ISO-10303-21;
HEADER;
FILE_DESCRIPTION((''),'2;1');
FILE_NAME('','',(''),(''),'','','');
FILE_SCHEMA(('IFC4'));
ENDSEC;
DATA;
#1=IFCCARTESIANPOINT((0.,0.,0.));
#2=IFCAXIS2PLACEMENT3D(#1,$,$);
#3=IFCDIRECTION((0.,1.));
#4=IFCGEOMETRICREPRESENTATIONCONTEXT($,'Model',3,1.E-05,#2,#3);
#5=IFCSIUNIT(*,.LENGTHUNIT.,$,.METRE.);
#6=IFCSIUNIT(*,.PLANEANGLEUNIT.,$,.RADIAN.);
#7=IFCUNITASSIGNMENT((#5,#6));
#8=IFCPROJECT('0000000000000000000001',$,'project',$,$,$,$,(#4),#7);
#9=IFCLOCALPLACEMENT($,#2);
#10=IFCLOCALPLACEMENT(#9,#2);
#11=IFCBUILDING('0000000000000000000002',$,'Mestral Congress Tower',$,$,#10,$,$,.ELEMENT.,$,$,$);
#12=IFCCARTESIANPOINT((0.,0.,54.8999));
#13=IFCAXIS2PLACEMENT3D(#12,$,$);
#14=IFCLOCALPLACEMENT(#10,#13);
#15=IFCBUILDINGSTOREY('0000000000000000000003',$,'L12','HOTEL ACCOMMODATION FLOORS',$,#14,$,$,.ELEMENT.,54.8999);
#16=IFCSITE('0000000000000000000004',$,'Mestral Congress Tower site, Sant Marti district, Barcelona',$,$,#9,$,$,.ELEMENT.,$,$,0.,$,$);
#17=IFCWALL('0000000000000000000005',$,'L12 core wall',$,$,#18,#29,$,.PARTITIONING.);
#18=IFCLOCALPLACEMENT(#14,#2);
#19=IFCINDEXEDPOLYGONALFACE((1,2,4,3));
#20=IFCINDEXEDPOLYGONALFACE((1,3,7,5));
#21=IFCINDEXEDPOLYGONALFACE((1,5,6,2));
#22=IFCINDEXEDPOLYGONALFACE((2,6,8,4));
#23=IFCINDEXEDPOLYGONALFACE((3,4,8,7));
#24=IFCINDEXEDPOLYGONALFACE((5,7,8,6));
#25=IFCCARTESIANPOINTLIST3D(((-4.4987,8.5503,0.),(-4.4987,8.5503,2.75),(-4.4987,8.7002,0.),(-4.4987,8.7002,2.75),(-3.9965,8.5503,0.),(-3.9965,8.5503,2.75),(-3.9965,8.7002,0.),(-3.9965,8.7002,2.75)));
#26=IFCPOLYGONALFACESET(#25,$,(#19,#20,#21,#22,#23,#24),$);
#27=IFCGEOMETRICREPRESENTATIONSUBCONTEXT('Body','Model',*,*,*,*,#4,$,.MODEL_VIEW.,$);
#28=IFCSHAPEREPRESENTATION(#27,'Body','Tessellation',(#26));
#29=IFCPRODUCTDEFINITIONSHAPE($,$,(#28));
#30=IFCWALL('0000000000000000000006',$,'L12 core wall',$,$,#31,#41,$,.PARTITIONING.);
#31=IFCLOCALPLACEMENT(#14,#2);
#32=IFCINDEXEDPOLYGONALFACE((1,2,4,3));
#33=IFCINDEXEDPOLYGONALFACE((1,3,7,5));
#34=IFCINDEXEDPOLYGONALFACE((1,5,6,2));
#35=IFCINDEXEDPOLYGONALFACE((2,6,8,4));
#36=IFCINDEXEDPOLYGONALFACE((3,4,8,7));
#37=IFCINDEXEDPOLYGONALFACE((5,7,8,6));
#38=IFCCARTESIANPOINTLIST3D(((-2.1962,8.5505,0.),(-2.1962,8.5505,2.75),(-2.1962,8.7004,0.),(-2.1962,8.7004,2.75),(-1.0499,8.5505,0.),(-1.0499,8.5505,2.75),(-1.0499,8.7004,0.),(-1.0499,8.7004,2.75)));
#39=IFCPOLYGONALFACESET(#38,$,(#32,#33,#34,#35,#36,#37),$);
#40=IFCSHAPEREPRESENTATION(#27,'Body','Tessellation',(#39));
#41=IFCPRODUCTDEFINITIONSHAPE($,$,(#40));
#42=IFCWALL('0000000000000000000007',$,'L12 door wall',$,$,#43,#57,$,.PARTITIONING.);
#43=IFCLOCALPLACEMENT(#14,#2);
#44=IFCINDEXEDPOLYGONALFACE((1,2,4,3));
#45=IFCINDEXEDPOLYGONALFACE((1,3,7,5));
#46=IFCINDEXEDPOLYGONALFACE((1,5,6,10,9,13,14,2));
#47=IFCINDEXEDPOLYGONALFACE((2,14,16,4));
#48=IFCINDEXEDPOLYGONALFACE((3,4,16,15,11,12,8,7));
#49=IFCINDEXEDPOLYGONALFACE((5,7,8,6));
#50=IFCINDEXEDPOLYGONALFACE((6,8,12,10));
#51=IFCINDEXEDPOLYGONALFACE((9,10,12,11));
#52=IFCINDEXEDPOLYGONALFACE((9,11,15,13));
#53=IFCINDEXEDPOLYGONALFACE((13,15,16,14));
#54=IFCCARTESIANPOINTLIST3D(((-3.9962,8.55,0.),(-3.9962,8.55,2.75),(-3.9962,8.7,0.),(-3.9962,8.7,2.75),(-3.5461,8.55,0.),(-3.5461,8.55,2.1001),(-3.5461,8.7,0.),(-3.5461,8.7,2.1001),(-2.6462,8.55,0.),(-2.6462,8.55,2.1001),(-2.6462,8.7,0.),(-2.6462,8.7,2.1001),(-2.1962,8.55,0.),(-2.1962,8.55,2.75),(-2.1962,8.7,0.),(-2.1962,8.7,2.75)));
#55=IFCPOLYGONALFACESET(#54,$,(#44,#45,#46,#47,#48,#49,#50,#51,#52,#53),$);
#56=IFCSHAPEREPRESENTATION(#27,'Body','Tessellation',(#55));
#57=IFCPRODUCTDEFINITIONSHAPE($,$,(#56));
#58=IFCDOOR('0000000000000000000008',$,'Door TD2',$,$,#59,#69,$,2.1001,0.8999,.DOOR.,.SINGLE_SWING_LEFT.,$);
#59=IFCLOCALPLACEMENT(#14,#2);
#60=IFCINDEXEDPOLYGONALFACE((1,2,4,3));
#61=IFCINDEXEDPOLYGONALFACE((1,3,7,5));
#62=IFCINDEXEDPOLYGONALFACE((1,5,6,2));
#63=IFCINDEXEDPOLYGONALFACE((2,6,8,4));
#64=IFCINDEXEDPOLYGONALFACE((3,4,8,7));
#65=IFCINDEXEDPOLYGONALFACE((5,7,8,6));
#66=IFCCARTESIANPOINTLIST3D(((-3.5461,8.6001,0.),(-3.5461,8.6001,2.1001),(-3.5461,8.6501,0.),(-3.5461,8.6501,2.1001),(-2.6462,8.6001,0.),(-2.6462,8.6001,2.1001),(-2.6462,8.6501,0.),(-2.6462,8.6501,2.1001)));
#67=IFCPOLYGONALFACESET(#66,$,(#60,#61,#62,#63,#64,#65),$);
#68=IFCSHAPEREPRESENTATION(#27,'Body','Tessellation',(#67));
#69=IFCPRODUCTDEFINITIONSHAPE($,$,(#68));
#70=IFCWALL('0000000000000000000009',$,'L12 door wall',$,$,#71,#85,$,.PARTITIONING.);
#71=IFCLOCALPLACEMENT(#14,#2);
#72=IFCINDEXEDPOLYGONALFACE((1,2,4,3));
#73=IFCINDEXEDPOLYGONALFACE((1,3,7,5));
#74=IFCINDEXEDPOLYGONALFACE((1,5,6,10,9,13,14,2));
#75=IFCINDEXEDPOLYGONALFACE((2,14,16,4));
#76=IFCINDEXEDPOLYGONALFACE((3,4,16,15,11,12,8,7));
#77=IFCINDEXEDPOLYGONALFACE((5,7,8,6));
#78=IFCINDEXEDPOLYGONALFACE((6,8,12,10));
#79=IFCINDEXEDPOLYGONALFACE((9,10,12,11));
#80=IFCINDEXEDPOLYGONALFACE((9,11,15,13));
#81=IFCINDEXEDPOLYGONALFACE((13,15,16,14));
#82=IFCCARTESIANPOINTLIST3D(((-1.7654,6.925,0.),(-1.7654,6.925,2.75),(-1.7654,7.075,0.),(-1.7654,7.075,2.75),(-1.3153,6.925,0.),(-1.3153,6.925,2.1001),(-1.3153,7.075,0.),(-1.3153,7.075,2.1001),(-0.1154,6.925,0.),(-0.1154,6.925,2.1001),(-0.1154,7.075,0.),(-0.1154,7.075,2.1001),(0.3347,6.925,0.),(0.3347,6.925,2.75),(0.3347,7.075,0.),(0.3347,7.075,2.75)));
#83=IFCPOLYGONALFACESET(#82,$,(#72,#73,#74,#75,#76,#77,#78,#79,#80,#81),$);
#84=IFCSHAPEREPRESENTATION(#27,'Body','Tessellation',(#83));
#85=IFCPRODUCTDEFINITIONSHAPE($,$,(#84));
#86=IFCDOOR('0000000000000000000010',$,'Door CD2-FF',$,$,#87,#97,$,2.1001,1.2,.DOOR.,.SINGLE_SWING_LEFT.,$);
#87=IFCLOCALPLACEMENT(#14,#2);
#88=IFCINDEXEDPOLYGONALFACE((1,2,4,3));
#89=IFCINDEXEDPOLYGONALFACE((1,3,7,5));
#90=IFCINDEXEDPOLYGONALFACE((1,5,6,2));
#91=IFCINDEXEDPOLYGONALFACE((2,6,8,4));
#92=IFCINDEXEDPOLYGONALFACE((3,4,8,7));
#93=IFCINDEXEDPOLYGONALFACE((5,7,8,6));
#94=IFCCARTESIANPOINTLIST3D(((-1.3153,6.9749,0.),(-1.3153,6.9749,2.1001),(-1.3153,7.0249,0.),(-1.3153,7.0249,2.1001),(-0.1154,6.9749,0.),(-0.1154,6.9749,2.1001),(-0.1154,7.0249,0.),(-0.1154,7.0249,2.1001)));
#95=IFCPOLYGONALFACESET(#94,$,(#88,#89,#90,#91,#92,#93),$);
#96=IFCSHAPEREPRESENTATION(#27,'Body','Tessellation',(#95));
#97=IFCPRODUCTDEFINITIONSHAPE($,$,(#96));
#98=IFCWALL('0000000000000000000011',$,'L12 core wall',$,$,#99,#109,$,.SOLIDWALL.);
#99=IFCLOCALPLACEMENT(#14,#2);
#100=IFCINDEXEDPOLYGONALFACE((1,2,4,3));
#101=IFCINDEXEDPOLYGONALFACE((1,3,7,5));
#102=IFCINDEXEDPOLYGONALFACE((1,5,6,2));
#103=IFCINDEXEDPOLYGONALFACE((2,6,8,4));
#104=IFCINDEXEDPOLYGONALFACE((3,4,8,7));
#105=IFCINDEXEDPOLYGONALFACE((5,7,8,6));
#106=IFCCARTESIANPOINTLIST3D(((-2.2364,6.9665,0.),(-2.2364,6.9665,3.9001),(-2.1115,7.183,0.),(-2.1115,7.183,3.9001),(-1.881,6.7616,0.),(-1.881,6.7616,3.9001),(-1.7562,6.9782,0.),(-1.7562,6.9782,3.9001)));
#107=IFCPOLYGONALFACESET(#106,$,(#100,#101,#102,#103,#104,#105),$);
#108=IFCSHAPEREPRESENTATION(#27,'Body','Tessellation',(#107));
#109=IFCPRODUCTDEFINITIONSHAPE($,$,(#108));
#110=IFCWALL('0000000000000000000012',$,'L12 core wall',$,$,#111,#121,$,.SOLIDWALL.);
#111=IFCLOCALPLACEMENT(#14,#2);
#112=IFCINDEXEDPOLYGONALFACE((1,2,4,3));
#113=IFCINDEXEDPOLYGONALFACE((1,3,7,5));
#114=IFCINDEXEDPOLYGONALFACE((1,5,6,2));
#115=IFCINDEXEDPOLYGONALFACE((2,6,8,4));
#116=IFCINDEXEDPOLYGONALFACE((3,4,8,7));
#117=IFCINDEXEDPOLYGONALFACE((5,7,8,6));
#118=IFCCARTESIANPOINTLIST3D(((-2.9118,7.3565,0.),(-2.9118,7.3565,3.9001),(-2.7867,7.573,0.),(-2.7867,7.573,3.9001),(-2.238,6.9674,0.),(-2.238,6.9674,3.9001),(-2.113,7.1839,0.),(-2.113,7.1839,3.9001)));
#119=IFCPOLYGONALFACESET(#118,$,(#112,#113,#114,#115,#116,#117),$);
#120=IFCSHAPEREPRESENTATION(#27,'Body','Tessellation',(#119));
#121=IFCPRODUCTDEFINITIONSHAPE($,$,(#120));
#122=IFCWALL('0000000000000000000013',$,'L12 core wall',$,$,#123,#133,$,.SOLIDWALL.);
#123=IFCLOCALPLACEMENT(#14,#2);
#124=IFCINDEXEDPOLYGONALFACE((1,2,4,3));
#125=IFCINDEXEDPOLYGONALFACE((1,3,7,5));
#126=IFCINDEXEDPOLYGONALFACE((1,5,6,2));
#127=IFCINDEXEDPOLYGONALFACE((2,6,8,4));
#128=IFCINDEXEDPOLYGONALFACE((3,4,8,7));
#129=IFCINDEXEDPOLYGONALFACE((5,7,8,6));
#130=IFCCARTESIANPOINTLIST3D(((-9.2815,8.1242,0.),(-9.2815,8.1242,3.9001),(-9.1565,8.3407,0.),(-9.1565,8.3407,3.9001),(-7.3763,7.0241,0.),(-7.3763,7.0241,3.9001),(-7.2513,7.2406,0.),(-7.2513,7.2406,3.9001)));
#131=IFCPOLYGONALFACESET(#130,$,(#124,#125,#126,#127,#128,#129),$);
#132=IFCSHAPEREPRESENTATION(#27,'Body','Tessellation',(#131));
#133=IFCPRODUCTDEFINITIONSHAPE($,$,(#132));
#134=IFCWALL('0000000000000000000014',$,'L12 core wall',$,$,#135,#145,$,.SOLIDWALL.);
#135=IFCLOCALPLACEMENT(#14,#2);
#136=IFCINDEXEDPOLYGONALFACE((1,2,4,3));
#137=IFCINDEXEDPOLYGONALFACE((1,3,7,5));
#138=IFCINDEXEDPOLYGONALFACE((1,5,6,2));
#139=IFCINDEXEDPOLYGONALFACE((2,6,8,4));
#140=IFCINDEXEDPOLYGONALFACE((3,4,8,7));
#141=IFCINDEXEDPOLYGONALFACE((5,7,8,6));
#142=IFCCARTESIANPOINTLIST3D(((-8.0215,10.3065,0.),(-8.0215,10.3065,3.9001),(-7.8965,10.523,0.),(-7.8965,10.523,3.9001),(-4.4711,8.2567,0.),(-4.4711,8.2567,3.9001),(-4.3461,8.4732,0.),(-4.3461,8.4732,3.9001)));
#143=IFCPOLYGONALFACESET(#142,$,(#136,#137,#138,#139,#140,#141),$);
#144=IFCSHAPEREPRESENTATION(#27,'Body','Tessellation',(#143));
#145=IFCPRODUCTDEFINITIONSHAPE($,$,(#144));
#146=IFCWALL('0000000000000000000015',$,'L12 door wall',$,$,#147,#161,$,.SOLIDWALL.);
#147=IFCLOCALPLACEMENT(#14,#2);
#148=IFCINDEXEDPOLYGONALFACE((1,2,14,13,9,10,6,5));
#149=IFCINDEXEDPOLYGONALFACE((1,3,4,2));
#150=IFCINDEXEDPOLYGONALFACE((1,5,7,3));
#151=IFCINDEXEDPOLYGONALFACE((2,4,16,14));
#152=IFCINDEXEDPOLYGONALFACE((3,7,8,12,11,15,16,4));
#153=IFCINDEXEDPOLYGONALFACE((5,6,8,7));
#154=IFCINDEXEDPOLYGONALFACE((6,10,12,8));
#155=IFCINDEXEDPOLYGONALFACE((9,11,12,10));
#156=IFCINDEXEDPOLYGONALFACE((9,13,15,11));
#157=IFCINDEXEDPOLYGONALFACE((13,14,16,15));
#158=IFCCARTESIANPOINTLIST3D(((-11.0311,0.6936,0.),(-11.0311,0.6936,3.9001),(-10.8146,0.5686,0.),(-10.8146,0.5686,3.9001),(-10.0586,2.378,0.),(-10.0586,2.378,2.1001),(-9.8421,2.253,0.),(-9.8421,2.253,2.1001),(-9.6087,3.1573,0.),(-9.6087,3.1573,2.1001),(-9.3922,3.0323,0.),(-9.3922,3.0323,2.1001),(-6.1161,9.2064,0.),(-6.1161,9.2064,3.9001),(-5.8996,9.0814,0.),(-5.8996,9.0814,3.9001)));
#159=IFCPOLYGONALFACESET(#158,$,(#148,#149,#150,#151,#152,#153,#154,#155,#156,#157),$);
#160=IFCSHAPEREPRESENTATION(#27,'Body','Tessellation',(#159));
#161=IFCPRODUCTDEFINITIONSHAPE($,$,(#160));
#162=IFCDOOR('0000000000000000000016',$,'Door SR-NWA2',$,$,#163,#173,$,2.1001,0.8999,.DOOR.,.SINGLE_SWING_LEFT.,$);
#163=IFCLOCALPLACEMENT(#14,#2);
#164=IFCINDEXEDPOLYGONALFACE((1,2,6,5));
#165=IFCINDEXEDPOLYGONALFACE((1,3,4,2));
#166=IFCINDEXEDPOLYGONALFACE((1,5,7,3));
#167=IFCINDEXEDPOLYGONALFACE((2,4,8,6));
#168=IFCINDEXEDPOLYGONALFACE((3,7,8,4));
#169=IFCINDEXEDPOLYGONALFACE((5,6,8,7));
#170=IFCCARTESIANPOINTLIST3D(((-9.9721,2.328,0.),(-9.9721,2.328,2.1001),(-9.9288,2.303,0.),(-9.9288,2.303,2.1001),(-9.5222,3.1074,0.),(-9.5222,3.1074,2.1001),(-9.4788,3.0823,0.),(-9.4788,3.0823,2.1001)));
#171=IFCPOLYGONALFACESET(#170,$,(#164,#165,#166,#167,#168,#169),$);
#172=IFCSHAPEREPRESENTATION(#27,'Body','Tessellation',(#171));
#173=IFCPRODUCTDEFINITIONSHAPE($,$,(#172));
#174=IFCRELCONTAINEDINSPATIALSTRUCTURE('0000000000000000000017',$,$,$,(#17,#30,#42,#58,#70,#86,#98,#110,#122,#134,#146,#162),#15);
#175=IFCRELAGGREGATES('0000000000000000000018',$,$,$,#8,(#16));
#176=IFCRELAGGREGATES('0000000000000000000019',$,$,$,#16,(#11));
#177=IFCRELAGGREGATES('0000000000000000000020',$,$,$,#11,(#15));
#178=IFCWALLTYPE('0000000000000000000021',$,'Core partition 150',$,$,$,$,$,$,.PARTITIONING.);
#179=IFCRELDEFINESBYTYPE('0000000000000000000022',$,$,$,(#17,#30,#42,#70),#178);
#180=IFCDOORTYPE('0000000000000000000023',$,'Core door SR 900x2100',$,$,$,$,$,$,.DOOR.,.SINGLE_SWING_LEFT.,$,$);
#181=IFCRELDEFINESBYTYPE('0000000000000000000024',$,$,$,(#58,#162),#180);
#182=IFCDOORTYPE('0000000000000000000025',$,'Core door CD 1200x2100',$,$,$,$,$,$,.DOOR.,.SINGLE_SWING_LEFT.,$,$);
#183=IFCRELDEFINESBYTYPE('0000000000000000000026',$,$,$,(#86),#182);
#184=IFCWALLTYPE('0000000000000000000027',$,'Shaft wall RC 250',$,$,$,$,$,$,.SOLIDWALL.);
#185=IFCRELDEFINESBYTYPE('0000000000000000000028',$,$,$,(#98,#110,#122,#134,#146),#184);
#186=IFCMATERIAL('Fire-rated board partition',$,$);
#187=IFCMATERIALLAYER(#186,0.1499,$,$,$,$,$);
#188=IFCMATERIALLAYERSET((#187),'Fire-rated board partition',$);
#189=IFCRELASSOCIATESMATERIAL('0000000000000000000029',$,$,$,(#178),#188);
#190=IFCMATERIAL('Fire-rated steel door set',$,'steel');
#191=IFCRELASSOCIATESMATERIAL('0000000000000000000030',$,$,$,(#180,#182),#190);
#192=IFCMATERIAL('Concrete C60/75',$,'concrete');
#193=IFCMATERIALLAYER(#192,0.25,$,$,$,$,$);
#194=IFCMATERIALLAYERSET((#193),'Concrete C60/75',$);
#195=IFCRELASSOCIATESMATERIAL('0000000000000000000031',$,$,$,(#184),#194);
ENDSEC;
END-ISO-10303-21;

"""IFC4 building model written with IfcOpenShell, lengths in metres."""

from ifc_helpers import new_model, si_unit, direction, frame, frame_2d, origin, place, context, subcontext, project, spatial, rectangle, extrude, material, layer, layer_set, type_object, element, fill, save


model = new_model("IFC4")

# Units and contexts
model_context = context("Model", 3, precision=1e-05, world=origin(), true_north=direction((0.0, 1.0)))
body_context = subcontext(model_context, "Body", "Model", "MODEL_VIEW")
ifc_project = project(units=[si_unit("LENGTHUNIT", "METRE"), si_unit("PLANEANGLEUNIT", "RADIAN")], contexts=[model_context])

# Site, building, storey
site_placement = place(None, origin())
site = spatial("IfcSite", under=ifc_project, at=site_placement, Name="Mestral Congress Tower site, Sant Marti district, Barcelona", CompositionType="ELEMENT", RefElevation=0.0)
building_placement = place(site_placement, origin())
building = spatial("IfcBuilding", under=site, at=building_placement, Name="Mestral Congress Tower", CompositionType="ELEMENT")
storey_placement = place(building_placement, frame((0.0, 0.0, 54.8999)))
storey = spatial("IfcBuildingStorey", under=building, at=storey_placement, Name="L12", Description="HOTEL ACCOMMODATION FLOORS", CompositionType="ELEMENT", Elevation=54.8999)

# Walls
ifc_material_1 = material(Name="Fire-rated board partition")
ifc_layer_1 = layer(ifc_material_1, 0.1499)
ifc_layer_set_1 = layer_set([ifc_layer_1], Name="Fire-rated board partition")
wall_type_1 = type_object("IfcWallType", Name="Core partition 150", PredefinedType="PARTITIONING", material=ifc_layer_set_1)
wall_1_placement = place(storey_placement, frame((-3.9966, 8.6252, 0.0), z_axis=(0.0, 0.0, 1.0), x_axis=(-1.0, 0.0, 0.0)))
element("IfcWall", 1, at=wall_1_placement, inside=storey, type_object=wall_type_1, Name="L12 core wall", PredefinedType="PARTITIONING", context=body_context, shape_type="SweptSolid", body=[
    extrude(rectangle(XDim=0.5022, YDim=0.1499, at=frame_2d((0.251, 0.0))), origin(), (0.0, 0.0, 1.0), 2.75),
])
wall_2_placement = place(storey_placement, frame((-2.1963, 8.6255, 0.0), z_axis=(0.0, 0.0, 1.0), x_axis=(1.0, 0.0, 0.0)))
element("IfcWall", 2, at=wall_2_placement, inside=storey, type_object=wall_type_1, Name="L12 core wall", PredefinedType="PARTITIONING", context=body_context, shape_type="SweptSolid", body=[
    extrude(rectangle(XDim=1.1462, YDim=0.1499, at=frame_2d((0.5732, 0.0))), origin(), (0.0, 0.0, 1.0), 2.75),
])

# Walls, openings, doors
wall_3_placement = place(storey_placement, frame((-2.1963, 8.625, 0.0), z_axis=(0.0, 0.0, 1.0), x_axis=(-1.0, 0.0, 0.0)))
wall_3 = element("IfcWall", 3, at=wall_3_placement, inside=storey, type_object=wall_type_1, Name="L12 door wall", PredefinedType="PARTITIONING", context=body_context, shape_type="SweptSolid", body=[
    extrude(rectangle(XDim=1.8, YDim=0.1499, at=frame_2d((0.8999, 0.0))), origin(), (0.0, 0.0, 1.0), 2.75),
])
opening_1_placement = place(wall_3_placement, frame((0.45, 0.0, 0.0)))
opening_1 = element("IfcOpeningElement", 4, at=opening_1_placement, cuts=wall_3, PredefinedType="OPENING", context=body_context, shape_type="SweptSolid", body=[
    extrude(rectangle(XDim=0.8999, YDim=2.1001, at=frame_2d((0.45, 1.05))), frame((0.0, 0.085, 0.0), z_axis=(0.0, -1.0, 0.0), x_axis=(1.0, 0.0, 0.0)), (0.0, 0.0, 1.0), 0.1699),
])
ifc_material_2 = material(Name="Fire-rated steel door set", Category="steel")
door_type_1 = type_object("IfcDoorType", Name="Core door SR 900x2100", OperationType="SINGLE_SWING_LEFT", PredefinedType="DOOR", material=ifc_material_2)
door_1_placement = place(opening_1_placement, origin())
door_1 = element("IfcDoor", 5, at=door_1_placement, inside=storey, type_object=door_type_1, Name="Door TD2", OperationType="SINGLE_SWING_LEFT", OverallHeight=2.1001, OverallWidth=0.8999, PredefinedType="DOOR", context=body_context, shape_type="SweptSolid", body=[
    extrude(rectangle(XDim=0.8999, YDim=2.1001, at=frame_2d((0.45, 1.05))), frame((0.0, 0.0249, 0.0), z_axis=(0.0, -1.0, 0.0), x_axis=(1.0, 0.0, 0.0)), (0.0, 0.0, 1.0), 0.05),
])
fill(opening_1, door_1)
wall_4_placement = place(storey_placement, frame((-1.7654, 7.0, 0.0), z_axis=(0.0, 0.0, 1.0), x_axis=(1.0, 0.0, 0.0)))
wall_4 = element("IfcWall", 6, at=wall_4_placement, inside=storey, type_object=wall_type_1, Name="L12 door wall", PredefinedType="PARTITIONING", context=body_context, shape_type="SweptSolid", body=[
    extrude(rectangle(XDim=2.1001, YDim=0.1499, at=frame_2d((1.05, 0.0))), origin(), (0.0, 0.0, 1.0), 2.75),
])
opening_2_placement = place(wall_4_placement, frame((0.45, 0.0, 0.0)))
opening_2 = element("IfcOpeningElement", 7, at=opening_2_placement, cuts=wall_4, PredefinedType="OPENING", context=body_context, shape_type="SweptSolid", body=[
    extrude(rectangle(XDim=1.2, YDim=2.1001, at=frame_2d((0.6001, 1.05))), frame((0.0, 0.085, 0.0), z_axis=(0.0, -1.0, 0.0), x_axis=(1.0, 0.0, 0.0)), (0.0, 0.0, 1.0), 0.1699),
])
door_type_2 = type_object("IfcDoorType", Name="Core door CD 1200x2100", OperationType="SINGLE_SWING_LEFT", PredefinedType="DOOR", material=ifc_material_2)
door_2_placement = place(opening_2_placement, origin())
door_2 = element("IfcDoor", 8, at=door_2_placement, inside=storey, type_object=door_type_2, Name="Door CD2-FF", OperationType="SINGLE_SWING_LEFT", OverallHeight=2.1001, OverallWidth=1.2, PredefinedType="DOOR", context=body_context, shape_type="SweptSolid", body=[
    extrude(rectangle(XDim=1.2, YDim=2.1001, at=frame_2d((0.6001, 1.05))), frame((0.0, 0.0249, 0.0), z_axis=(0.0, -1.0, 0.0), x_axis=(1.0, 0.0, 0.0)), (0.0, 0.0, 1.0), 0.05),
])
fill(opening_2, door_2)

# Walls
ifc_material_3 = material(Name="Concrete C60/75", Category="concrete")
ifc_layer_2 = layer(ifc_material_3, 0.25)
ifc_layer_set_2 = layer_set([ifc_layer_2], Name="Concrete C60/75")
wall_type_2 = type_object("IfcWallType", Name="Shaft wall RC 250", PredefinedType="SOLIDWALL", material=ifc_layer_set_2)
wall_5_placement = place(storey_placement, frame((-1.8186, 6.8699, 0.0), z_axis=(0.0, 0.0, 1.0), x_axis=(-0.866295, 0.499533, 0.0)))
element("IfcWall", 9, at=wall_5_placement, inside=storey, type_object=wall_type_2, Name="L12 core wall", PredefinedType="SOLIDWALL", context=body_context, shape_type="SweptSolid", body=[
    extrude(rectangle(XDim=0.4102, YDim=0.25, at=frame_2d((0.2051, 0.0))), origin(), (0.0, 0.0, 1.0), 3.9001),
])
wall_6_placement = place(storey_placement, frame((-2.8494, 7.4648, 0.0), z_axis=(0.0, 0.0, 1.0), x_axis=(0.865956, -0.500121, 0.0)))
element("IfcWall", 10, at=wall_6_placement, inside=storey, type_object=wall_type_2, Name="L12 core wall", PredefinedType="SOLIDWALL", context=body_context, shape_type="SweptSolid", body=[
    extrude(rectangle(XDim=0.7781, YDim=0.25, at=frame_2d((0.3892, 0.0))), origin(), (0.0, 0.0, 1.0), 3.9001),
])
wall_7_placement = place(storey_placement, frame((-7.3137, 7.1323, 0.0), z_axis=(0.0, 0.0, 1.0), x_axis=(-0.866008, 0.50003, 0.0)))
element("IfcWall", 11, at=wall_7_placement, inside=storey, type_object=wall_type_2, Name="L12 core wall", PredefinedType="SOLIDWALL", context=body_context, shape_type="SweptSolid", body=[
    extrude(rectangle(XDim=2.2, YDim=0.25, at=frame_2d((1.1001, 0.0))), origin(), (0.0, 0.0, 1.0), 3.9001),
])
wall_8_placement = place(storey_placement, frame((-7.959, 10.4148, 0.0), z_axis=(0.0, 0.0, 1.0), x_axis=(0.866021, -0.500008, 0.0)))
element("IfcWall", 12, at=wall_8_placement, inside=storey, type_object=wall_type_2, Name="L12 core wall", PredefinedType="SOLIDWALL", context=body_context, shape_type="SweptSolid", body=[
    extrude(rectangle(XDim=4.0996, YDim=0.25, at=frame_2d((2.0498, 0.0))), origin(), (0.0, 0.0, 1.0), 3.9001),
])

# Wall, opening, door
wall_9_placement = place(storey_placement, frame((-6.0078, 9.144, 0.0), z_axis=(0.0, 0.0, 1.0), x_axis=(-0.500007, -0.866021, 0.0)))
wall_9 = element("IfcWall", 13, at=wall_9_placement, inside=storey, type_object=wall_type_2, Name="L12 door wall", PredefinedType="SOLIDWALL", context=body_context, shape_type="SweptSolid", body=[
    extrude(rectangle(XDim=9.8298, YDim=0.25, at=frame_2d((4.915, 0.0))), origin(), (0.0, 0.0, 1.0), 3.9001),
])
opening_3_placement = place(wall_9_placement, frame((6.9851, 0.0, 0.0)))
opening_3 = element("IfcOpeningElement", 14, at=opening_3_placement, cuts=wall_9, PredefinedType="OPENING", context=body_context, shape_type="SweptSolid", body=[
    extrude(rectangle(XDim=0.8999, YDim=2.1001, at=frame_2d((0.45, 1.05))), frame((0.0, 0.135, 0.0), z_axis=(0.0, -1.0, 0.0), x_axis=(1.0, 0.0, 0.0)), (0.0, 0.0, 1.0), 0.27),
])
door_3_placement = place(opening_3_placement, origin())
door_3 = element("IfcDoor", 15, at=door_3_placement, inside=storey, type_object=door_type_1, Name="Door SR-NWA2", OperationType="SINGLE_SWING_LEFT", OverallHeight=2.1001, OverallWidth=0.8999, PredefinedType="DOOR", context=body_context, shape_type="SweptSolid", body=[
    extrude(rectangle(XDim=0.8999, YDim=2.1001, at=frame_2d((0.45, 1.05))), frame((0.0, 0.0249, 0.0), z_axis=(0.0, -1.0, 0.0), x_axis=(1.0, 0.0, 0.0)), (0.0, 0.0, 1.0), 0.05),
])
fill(opening_3, door_3)

save(model, "model.ifc")
